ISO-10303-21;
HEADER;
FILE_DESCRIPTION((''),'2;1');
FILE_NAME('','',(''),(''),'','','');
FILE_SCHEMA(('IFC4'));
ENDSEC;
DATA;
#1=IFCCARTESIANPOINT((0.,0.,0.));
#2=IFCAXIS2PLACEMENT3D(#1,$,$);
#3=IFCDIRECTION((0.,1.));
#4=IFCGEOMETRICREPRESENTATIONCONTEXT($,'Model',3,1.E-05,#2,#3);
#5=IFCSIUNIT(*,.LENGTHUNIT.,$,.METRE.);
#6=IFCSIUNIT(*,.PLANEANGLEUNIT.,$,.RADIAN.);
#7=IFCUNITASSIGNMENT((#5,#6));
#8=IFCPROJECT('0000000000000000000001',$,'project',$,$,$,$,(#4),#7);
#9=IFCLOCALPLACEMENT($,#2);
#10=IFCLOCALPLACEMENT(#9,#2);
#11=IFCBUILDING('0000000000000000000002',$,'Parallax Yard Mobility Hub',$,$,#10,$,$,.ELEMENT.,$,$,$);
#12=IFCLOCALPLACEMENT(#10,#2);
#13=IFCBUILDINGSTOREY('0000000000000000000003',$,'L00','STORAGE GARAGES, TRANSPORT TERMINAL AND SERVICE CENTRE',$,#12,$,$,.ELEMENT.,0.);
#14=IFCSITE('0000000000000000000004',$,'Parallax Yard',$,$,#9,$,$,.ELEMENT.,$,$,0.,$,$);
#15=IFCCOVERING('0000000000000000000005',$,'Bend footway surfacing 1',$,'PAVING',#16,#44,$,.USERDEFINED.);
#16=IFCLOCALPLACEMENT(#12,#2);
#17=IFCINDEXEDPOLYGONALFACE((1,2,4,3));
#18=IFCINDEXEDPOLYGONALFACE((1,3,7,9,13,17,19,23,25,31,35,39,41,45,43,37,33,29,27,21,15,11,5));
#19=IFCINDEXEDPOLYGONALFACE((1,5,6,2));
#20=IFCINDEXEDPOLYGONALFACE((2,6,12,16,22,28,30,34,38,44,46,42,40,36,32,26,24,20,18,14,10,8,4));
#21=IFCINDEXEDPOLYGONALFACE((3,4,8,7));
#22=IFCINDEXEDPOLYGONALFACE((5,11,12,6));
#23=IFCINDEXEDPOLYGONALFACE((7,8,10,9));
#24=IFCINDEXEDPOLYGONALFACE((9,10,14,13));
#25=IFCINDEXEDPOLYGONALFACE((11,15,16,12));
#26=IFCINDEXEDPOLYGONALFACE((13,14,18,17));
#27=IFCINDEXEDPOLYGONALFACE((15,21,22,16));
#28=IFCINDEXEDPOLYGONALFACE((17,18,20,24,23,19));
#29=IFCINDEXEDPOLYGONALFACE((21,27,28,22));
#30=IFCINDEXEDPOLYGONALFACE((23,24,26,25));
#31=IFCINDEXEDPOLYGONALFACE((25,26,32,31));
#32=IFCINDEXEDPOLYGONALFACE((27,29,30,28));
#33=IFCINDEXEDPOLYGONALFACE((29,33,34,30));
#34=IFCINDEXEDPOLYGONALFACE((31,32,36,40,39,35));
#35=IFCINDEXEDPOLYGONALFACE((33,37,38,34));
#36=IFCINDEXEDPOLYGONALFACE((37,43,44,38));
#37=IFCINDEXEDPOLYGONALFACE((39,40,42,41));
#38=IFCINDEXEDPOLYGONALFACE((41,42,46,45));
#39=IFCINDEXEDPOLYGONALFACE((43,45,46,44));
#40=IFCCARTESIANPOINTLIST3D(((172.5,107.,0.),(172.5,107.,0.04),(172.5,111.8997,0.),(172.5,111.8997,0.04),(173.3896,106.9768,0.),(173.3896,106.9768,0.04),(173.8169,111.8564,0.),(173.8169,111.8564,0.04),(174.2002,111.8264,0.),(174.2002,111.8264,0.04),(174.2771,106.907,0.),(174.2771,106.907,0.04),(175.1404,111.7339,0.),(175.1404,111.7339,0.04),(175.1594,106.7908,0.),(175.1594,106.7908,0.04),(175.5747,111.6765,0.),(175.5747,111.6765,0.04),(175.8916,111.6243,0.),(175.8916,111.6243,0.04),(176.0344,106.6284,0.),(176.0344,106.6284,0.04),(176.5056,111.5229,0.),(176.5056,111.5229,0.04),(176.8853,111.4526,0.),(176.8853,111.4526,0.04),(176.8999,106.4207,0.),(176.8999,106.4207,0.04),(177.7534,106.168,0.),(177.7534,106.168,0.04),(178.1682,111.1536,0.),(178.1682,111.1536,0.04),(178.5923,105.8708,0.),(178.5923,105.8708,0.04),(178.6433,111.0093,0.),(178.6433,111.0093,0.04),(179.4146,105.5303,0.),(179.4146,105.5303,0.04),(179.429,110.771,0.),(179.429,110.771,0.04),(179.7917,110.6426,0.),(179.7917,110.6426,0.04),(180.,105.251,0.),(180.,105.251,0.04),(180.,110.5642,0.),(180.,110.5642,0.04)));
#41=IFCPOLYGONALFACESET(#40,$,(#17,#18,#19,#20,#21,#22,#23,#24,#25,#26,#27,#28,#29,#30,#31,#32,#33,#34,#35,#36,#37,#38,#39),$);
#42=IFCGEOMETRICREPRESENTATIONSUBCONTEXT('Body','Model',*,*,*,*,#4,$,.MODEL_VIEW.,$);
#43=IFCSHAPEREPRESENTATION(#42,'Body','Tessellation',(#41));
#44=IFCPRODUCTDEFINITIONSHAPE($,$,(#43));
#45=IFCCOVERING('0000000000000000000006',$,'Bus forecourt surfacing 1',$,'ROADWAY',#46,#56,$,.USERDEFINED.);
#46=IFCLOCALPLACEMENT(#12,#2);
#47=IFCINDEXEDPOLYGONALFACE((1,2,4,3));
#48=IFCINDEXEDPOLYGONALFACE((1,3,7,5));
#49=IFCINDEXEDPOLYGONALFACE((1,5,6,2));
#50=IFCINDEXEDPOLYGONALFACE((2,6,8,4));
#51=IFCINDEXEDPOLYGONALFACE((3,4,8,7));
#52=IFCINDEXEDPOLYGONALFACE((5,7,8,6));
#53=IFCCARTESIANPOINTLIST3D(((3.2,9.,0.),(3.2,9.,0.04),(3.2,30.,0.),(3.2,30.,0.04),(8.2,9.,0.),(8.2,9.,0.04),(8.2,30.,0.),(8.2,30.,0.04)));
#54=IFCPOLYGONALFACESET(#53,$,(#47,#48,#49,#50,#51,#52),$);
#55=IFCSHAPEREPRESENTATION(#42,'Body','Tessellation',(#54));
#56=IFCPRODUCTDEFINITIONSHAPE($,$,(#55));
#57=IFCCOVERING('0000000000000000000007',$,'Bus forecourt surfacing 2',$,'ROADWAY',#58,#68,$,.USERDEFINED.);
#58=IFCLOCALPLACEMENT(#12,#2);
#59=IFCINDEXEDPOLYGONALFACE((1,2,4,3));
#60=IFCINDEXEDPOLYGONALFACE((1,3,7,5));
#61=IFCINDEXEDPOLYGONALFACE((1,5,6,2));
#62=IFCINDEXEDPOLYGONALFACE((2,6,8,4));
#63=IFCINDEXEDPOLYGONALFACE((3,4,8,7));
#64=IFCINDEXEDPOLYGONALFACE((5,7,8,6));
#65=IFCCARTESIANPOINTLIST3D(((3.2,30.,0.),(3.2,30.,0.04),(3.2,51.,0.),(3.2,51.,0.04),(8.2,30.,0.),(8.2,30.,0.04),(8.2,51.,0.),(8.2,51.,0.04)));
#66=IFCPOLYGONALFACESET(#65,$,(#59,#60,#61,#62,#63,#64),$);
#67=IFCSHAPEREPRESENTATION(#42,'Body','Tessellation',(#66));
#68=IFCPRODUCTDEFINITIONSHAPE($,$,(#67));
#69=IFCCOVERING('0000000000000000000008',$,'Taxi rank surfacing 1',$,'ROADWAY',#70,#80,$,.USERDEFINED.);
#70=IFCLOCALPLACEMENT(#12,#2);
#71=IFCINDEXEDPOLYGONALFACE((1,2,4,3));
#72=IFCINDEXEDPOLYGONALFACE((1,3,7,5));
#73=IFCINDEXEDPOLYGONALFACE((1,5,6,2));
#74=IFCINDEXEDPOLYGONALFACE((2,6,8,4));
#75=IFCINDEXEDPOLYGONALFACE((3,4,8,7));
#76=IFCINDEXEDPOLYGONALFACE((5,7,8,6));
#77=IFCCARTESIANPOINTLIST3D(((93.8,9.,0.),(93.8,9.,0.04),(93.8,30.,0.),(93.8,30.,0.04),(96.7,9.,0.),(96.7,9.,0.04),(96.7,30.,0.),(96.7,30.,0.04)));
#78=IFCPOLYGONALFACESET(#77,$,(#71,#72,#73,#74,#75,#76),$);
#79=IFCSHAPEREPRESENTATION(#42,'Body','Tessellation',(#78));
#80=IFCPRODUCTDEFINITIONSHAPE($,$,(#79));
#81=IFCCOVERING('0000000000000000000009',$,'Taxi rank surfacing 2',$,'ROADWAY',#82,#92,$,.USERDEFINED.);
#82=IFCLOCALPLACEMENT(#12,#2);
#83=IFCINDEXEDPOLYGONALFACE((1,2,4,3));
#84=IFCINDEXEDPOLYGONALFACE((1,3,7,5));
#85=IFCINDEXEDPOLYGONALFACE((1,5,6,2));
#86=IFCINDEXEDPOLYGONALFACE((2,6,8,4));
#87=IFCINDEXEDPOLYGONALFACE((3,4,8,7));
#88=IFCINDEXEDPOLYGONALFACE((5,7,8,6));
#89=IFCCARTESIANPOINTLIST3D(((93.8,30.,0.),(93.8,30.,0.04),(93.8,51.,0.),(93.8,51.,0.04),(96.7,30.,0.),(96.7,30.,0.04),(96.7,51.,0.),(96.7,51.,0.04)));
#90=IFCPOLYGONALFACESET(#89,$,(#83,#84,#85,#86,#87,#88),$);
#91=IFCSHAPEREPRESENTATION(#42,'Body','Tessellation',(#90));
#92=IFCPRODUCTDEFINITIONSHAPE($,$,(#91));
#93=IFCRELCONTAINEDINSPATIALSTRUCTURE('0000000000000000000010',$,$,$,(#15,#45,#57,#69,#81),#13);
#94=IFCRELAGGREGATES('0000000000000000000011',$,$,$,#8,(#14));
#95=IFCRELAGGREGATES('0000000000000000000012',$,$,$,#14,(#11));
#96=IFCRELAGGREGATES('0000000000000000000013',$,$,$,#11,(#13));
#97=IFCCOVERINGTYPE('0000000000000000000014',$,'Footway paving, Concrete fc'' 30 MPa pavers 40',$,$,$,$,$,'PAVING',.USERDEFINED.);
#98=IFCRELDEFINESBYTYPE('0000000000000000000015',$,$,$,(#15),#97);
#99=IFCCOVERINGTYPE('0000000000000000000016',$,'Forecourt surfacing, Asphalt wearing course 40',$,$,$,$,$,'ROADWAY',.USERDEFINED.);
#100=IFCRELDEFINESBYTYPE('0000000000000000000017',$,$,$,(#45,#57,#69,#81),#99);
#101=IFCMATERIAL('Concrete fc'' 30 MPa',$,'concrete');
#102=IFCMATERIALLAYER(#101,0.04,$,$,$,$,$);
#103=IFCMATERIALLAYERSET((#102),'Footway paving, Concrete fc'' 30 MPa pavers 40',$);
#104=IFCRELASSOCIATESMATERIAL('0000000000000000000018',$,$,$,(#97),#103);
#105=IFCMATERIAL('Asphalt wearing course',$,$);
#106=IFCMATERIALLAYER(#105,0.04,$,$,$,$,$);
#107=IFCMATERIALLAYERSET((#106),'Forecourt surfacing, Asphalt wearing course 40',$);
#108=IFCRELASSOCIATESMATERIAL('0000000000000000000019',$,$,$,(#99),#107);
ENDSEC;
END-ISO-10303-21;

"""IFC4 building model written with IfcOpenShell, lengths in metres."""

from ifc_helpers import new_model, si_unit, direction, origin, place, context, subcontext, project, spatial, polyline, outline, extrude, material, layer, layer_set, type_object, element, save


model = new_model("IFC4")

# Units and contexts
model_context = context("Model", 3, precision=1e-05, world=origin(), true_north=direction((0.0, 1.0)))
body_context = subcontext(model_context, "Body", "Model", "MODEL_VIEW")
ifc_project = project(units=[si_unit("LENGTHUNIT", "METRE"), si_unit("PLANEANGLEUNIT", "RADIAN")], contexts=[model_context])

# Site, building, storey
site_placement = place(None, origin())
site = spatial("IfcSite", under=ifc_project, at=site_placement, Name="Parallax Yard", CompositionType="ELEMENT", RefElevation=0.0)
building_placement = place(site_placement, origin())
building = spatial("IfcBuilding", under=site, at=building_placement, Name="Parallax Yard Mobility Hub", CompositionType="ELEMENT")
storey_placement = place(building_placement, origin())
storey = spatial("IfcBuildingStorey", under=building, at=storey_placement, Name="L00", Description="STORAGE GARAGES, TRANSPORT TERMINAL AND SERVICE CENTRE", CompositionType="ELEMENT", Elevation=0.0)

# Coverings
ifc_material_1 = material(Name="Concrete fc' 30 MPa", Category="concrete")
ifc_layer_1 = layer(ifc_material_1, 0.04)
ifc_layer_set_1 = layer_set([ifc_layer_1], Name="Footway paving, Concrete fc' 30 MPa pavers 40")
covering_type_1 = type_object("IfcCoveringType", Name="Footway paving, Concrete fc' 30 MPa pavers 40", ElementType="PAVING", PredefinedType="USERDEFINED", material=ifc_layer_set_1)
covering_1_placement = place(storey_placement, origin())
element("IfcCovering", 1, at=covering_1_placement, inside=storey, type_object=covering_type_1, Name="Bend footway surfacing 1", ObjectType="PAVING", PredefinedType="USERDEFINED", context=body_context, shape_type="SweptSolid", body=[
    extrude(outline(polyline([(179.4146, 105.5303), (178.5923, 105.8708), (177.7534, 106.168), (176.8999, 106.4207), (176.0344, 106.6284), (175.1594, 106.7908), (174.2771, 106.907), (173.3896, 106.9768), (172.5, 107.0), (172.5, 111.8997), (173.8169, 111.8564), (174.2002, 111.8264), (175.1404, 111.7339), (175.5747, 111.6765), (175.8916, 111.6243), (176.5056, 111.5229), (176.8853, 111.4526), (178.1682, 111.1536), (178.6433, 111.0093), (179.429, 110.771), (179.7917, 110.6426), (180.0, 110.5642), (180.0, 105.251), (179.4146, 105.5303)])), origin(), (0.0, 0.0, 1.0), 0.04),
])
ifc_material_2 = material(Name="Asphalt wearing course")
ifc_layer_2 = layer(ifc_material_2, 0.04)
ifc_layer_set_2 = layer_set([ifc_layer_2], Name="Forecourt surfacing, Asphalt wearing course 40")
covering_type_2 = type_object("IfcCoveringType", Name="Forecourt surfacing, Asphalt wearing course 40", ElementType="ROADWAY", PredefinedType="USERDEFINED", material=ifc_layer_set_2)
covering_2_placement = place(storey_placement, origin())
element("IfcCovering", 2, at=covering_2_placement, inside=storey, type_object=covering_type_2, Name="Bus forecourt surfacing 1", ObjectType="ROADWAY", PredefinedType="USERDEFINED", context=body_context, shape_type="SweptSolid", body=[
    extrude(outline(polyline([(8.2, 9.0), (3.2, 9.0), (3.2, 30.0), (8.2, 30.0), (8.2, 9.0)])), origin(), (0.0, 0.0, 1.0), 0.04),
])
covering_3_placement = place(storey_placement, origin())
element("IfcCovering", 3, at=covering_3_placement, inside=storey, type_object=covering_type_2, Name="Bus forecourt surfacing 2", ObjectType="ROADWAY", PredefinedType="USERDEFINED", context=body_context, shape_type="SweptSolid", body=[
    extrude(outline(polyline([(8.2, 51.0), (8.2, 30.0), (3.2, 30.0), (3.2, 51.0), (8.2, 51.0)])), origin(), (0.0, 0.0, 1.0), 0.04),
])
covering_4_placement = place(storey_placement, origin())
element("IfcCovering", 4, at=covering_4_placement, inside=storey, type_object=covering_type_2, Name="Taxi rank surfacing 1", ObjectType="ROADWAY", PredefinedType="USERDEFINED", context=body_context, shape_type="SweptSolid", body=[
    extrude(outline(polyline([(96.7, 9.0), (93.8, 9.0), (93.8, 30.0), (96.7, 30.0), (96.7, 9.0)])), origin(), (0.0, 0.0, 1.0), 0.04),
])
covering_5_placement = place(storey_placement, origin())
element("IfcCovering", 5, at=covering_5_placement, inside=storey, type_object=covering_type_2, Name="Taxi rank surfacing 2", ObjectType="ROADWAY", PredefinedType="USERDEFINED", context=body_context, shape_type="SweptSolid", body=[
    extrude(outline(polyline([(96.7, 51.0), (96.7, 30.0), (93.8, 30.0), (93.8, 51.0), (96.7, 51.0)])), origin(), (0.0, 0.0, 1.0), 0.04),
])

save(model, "model.ifc")
